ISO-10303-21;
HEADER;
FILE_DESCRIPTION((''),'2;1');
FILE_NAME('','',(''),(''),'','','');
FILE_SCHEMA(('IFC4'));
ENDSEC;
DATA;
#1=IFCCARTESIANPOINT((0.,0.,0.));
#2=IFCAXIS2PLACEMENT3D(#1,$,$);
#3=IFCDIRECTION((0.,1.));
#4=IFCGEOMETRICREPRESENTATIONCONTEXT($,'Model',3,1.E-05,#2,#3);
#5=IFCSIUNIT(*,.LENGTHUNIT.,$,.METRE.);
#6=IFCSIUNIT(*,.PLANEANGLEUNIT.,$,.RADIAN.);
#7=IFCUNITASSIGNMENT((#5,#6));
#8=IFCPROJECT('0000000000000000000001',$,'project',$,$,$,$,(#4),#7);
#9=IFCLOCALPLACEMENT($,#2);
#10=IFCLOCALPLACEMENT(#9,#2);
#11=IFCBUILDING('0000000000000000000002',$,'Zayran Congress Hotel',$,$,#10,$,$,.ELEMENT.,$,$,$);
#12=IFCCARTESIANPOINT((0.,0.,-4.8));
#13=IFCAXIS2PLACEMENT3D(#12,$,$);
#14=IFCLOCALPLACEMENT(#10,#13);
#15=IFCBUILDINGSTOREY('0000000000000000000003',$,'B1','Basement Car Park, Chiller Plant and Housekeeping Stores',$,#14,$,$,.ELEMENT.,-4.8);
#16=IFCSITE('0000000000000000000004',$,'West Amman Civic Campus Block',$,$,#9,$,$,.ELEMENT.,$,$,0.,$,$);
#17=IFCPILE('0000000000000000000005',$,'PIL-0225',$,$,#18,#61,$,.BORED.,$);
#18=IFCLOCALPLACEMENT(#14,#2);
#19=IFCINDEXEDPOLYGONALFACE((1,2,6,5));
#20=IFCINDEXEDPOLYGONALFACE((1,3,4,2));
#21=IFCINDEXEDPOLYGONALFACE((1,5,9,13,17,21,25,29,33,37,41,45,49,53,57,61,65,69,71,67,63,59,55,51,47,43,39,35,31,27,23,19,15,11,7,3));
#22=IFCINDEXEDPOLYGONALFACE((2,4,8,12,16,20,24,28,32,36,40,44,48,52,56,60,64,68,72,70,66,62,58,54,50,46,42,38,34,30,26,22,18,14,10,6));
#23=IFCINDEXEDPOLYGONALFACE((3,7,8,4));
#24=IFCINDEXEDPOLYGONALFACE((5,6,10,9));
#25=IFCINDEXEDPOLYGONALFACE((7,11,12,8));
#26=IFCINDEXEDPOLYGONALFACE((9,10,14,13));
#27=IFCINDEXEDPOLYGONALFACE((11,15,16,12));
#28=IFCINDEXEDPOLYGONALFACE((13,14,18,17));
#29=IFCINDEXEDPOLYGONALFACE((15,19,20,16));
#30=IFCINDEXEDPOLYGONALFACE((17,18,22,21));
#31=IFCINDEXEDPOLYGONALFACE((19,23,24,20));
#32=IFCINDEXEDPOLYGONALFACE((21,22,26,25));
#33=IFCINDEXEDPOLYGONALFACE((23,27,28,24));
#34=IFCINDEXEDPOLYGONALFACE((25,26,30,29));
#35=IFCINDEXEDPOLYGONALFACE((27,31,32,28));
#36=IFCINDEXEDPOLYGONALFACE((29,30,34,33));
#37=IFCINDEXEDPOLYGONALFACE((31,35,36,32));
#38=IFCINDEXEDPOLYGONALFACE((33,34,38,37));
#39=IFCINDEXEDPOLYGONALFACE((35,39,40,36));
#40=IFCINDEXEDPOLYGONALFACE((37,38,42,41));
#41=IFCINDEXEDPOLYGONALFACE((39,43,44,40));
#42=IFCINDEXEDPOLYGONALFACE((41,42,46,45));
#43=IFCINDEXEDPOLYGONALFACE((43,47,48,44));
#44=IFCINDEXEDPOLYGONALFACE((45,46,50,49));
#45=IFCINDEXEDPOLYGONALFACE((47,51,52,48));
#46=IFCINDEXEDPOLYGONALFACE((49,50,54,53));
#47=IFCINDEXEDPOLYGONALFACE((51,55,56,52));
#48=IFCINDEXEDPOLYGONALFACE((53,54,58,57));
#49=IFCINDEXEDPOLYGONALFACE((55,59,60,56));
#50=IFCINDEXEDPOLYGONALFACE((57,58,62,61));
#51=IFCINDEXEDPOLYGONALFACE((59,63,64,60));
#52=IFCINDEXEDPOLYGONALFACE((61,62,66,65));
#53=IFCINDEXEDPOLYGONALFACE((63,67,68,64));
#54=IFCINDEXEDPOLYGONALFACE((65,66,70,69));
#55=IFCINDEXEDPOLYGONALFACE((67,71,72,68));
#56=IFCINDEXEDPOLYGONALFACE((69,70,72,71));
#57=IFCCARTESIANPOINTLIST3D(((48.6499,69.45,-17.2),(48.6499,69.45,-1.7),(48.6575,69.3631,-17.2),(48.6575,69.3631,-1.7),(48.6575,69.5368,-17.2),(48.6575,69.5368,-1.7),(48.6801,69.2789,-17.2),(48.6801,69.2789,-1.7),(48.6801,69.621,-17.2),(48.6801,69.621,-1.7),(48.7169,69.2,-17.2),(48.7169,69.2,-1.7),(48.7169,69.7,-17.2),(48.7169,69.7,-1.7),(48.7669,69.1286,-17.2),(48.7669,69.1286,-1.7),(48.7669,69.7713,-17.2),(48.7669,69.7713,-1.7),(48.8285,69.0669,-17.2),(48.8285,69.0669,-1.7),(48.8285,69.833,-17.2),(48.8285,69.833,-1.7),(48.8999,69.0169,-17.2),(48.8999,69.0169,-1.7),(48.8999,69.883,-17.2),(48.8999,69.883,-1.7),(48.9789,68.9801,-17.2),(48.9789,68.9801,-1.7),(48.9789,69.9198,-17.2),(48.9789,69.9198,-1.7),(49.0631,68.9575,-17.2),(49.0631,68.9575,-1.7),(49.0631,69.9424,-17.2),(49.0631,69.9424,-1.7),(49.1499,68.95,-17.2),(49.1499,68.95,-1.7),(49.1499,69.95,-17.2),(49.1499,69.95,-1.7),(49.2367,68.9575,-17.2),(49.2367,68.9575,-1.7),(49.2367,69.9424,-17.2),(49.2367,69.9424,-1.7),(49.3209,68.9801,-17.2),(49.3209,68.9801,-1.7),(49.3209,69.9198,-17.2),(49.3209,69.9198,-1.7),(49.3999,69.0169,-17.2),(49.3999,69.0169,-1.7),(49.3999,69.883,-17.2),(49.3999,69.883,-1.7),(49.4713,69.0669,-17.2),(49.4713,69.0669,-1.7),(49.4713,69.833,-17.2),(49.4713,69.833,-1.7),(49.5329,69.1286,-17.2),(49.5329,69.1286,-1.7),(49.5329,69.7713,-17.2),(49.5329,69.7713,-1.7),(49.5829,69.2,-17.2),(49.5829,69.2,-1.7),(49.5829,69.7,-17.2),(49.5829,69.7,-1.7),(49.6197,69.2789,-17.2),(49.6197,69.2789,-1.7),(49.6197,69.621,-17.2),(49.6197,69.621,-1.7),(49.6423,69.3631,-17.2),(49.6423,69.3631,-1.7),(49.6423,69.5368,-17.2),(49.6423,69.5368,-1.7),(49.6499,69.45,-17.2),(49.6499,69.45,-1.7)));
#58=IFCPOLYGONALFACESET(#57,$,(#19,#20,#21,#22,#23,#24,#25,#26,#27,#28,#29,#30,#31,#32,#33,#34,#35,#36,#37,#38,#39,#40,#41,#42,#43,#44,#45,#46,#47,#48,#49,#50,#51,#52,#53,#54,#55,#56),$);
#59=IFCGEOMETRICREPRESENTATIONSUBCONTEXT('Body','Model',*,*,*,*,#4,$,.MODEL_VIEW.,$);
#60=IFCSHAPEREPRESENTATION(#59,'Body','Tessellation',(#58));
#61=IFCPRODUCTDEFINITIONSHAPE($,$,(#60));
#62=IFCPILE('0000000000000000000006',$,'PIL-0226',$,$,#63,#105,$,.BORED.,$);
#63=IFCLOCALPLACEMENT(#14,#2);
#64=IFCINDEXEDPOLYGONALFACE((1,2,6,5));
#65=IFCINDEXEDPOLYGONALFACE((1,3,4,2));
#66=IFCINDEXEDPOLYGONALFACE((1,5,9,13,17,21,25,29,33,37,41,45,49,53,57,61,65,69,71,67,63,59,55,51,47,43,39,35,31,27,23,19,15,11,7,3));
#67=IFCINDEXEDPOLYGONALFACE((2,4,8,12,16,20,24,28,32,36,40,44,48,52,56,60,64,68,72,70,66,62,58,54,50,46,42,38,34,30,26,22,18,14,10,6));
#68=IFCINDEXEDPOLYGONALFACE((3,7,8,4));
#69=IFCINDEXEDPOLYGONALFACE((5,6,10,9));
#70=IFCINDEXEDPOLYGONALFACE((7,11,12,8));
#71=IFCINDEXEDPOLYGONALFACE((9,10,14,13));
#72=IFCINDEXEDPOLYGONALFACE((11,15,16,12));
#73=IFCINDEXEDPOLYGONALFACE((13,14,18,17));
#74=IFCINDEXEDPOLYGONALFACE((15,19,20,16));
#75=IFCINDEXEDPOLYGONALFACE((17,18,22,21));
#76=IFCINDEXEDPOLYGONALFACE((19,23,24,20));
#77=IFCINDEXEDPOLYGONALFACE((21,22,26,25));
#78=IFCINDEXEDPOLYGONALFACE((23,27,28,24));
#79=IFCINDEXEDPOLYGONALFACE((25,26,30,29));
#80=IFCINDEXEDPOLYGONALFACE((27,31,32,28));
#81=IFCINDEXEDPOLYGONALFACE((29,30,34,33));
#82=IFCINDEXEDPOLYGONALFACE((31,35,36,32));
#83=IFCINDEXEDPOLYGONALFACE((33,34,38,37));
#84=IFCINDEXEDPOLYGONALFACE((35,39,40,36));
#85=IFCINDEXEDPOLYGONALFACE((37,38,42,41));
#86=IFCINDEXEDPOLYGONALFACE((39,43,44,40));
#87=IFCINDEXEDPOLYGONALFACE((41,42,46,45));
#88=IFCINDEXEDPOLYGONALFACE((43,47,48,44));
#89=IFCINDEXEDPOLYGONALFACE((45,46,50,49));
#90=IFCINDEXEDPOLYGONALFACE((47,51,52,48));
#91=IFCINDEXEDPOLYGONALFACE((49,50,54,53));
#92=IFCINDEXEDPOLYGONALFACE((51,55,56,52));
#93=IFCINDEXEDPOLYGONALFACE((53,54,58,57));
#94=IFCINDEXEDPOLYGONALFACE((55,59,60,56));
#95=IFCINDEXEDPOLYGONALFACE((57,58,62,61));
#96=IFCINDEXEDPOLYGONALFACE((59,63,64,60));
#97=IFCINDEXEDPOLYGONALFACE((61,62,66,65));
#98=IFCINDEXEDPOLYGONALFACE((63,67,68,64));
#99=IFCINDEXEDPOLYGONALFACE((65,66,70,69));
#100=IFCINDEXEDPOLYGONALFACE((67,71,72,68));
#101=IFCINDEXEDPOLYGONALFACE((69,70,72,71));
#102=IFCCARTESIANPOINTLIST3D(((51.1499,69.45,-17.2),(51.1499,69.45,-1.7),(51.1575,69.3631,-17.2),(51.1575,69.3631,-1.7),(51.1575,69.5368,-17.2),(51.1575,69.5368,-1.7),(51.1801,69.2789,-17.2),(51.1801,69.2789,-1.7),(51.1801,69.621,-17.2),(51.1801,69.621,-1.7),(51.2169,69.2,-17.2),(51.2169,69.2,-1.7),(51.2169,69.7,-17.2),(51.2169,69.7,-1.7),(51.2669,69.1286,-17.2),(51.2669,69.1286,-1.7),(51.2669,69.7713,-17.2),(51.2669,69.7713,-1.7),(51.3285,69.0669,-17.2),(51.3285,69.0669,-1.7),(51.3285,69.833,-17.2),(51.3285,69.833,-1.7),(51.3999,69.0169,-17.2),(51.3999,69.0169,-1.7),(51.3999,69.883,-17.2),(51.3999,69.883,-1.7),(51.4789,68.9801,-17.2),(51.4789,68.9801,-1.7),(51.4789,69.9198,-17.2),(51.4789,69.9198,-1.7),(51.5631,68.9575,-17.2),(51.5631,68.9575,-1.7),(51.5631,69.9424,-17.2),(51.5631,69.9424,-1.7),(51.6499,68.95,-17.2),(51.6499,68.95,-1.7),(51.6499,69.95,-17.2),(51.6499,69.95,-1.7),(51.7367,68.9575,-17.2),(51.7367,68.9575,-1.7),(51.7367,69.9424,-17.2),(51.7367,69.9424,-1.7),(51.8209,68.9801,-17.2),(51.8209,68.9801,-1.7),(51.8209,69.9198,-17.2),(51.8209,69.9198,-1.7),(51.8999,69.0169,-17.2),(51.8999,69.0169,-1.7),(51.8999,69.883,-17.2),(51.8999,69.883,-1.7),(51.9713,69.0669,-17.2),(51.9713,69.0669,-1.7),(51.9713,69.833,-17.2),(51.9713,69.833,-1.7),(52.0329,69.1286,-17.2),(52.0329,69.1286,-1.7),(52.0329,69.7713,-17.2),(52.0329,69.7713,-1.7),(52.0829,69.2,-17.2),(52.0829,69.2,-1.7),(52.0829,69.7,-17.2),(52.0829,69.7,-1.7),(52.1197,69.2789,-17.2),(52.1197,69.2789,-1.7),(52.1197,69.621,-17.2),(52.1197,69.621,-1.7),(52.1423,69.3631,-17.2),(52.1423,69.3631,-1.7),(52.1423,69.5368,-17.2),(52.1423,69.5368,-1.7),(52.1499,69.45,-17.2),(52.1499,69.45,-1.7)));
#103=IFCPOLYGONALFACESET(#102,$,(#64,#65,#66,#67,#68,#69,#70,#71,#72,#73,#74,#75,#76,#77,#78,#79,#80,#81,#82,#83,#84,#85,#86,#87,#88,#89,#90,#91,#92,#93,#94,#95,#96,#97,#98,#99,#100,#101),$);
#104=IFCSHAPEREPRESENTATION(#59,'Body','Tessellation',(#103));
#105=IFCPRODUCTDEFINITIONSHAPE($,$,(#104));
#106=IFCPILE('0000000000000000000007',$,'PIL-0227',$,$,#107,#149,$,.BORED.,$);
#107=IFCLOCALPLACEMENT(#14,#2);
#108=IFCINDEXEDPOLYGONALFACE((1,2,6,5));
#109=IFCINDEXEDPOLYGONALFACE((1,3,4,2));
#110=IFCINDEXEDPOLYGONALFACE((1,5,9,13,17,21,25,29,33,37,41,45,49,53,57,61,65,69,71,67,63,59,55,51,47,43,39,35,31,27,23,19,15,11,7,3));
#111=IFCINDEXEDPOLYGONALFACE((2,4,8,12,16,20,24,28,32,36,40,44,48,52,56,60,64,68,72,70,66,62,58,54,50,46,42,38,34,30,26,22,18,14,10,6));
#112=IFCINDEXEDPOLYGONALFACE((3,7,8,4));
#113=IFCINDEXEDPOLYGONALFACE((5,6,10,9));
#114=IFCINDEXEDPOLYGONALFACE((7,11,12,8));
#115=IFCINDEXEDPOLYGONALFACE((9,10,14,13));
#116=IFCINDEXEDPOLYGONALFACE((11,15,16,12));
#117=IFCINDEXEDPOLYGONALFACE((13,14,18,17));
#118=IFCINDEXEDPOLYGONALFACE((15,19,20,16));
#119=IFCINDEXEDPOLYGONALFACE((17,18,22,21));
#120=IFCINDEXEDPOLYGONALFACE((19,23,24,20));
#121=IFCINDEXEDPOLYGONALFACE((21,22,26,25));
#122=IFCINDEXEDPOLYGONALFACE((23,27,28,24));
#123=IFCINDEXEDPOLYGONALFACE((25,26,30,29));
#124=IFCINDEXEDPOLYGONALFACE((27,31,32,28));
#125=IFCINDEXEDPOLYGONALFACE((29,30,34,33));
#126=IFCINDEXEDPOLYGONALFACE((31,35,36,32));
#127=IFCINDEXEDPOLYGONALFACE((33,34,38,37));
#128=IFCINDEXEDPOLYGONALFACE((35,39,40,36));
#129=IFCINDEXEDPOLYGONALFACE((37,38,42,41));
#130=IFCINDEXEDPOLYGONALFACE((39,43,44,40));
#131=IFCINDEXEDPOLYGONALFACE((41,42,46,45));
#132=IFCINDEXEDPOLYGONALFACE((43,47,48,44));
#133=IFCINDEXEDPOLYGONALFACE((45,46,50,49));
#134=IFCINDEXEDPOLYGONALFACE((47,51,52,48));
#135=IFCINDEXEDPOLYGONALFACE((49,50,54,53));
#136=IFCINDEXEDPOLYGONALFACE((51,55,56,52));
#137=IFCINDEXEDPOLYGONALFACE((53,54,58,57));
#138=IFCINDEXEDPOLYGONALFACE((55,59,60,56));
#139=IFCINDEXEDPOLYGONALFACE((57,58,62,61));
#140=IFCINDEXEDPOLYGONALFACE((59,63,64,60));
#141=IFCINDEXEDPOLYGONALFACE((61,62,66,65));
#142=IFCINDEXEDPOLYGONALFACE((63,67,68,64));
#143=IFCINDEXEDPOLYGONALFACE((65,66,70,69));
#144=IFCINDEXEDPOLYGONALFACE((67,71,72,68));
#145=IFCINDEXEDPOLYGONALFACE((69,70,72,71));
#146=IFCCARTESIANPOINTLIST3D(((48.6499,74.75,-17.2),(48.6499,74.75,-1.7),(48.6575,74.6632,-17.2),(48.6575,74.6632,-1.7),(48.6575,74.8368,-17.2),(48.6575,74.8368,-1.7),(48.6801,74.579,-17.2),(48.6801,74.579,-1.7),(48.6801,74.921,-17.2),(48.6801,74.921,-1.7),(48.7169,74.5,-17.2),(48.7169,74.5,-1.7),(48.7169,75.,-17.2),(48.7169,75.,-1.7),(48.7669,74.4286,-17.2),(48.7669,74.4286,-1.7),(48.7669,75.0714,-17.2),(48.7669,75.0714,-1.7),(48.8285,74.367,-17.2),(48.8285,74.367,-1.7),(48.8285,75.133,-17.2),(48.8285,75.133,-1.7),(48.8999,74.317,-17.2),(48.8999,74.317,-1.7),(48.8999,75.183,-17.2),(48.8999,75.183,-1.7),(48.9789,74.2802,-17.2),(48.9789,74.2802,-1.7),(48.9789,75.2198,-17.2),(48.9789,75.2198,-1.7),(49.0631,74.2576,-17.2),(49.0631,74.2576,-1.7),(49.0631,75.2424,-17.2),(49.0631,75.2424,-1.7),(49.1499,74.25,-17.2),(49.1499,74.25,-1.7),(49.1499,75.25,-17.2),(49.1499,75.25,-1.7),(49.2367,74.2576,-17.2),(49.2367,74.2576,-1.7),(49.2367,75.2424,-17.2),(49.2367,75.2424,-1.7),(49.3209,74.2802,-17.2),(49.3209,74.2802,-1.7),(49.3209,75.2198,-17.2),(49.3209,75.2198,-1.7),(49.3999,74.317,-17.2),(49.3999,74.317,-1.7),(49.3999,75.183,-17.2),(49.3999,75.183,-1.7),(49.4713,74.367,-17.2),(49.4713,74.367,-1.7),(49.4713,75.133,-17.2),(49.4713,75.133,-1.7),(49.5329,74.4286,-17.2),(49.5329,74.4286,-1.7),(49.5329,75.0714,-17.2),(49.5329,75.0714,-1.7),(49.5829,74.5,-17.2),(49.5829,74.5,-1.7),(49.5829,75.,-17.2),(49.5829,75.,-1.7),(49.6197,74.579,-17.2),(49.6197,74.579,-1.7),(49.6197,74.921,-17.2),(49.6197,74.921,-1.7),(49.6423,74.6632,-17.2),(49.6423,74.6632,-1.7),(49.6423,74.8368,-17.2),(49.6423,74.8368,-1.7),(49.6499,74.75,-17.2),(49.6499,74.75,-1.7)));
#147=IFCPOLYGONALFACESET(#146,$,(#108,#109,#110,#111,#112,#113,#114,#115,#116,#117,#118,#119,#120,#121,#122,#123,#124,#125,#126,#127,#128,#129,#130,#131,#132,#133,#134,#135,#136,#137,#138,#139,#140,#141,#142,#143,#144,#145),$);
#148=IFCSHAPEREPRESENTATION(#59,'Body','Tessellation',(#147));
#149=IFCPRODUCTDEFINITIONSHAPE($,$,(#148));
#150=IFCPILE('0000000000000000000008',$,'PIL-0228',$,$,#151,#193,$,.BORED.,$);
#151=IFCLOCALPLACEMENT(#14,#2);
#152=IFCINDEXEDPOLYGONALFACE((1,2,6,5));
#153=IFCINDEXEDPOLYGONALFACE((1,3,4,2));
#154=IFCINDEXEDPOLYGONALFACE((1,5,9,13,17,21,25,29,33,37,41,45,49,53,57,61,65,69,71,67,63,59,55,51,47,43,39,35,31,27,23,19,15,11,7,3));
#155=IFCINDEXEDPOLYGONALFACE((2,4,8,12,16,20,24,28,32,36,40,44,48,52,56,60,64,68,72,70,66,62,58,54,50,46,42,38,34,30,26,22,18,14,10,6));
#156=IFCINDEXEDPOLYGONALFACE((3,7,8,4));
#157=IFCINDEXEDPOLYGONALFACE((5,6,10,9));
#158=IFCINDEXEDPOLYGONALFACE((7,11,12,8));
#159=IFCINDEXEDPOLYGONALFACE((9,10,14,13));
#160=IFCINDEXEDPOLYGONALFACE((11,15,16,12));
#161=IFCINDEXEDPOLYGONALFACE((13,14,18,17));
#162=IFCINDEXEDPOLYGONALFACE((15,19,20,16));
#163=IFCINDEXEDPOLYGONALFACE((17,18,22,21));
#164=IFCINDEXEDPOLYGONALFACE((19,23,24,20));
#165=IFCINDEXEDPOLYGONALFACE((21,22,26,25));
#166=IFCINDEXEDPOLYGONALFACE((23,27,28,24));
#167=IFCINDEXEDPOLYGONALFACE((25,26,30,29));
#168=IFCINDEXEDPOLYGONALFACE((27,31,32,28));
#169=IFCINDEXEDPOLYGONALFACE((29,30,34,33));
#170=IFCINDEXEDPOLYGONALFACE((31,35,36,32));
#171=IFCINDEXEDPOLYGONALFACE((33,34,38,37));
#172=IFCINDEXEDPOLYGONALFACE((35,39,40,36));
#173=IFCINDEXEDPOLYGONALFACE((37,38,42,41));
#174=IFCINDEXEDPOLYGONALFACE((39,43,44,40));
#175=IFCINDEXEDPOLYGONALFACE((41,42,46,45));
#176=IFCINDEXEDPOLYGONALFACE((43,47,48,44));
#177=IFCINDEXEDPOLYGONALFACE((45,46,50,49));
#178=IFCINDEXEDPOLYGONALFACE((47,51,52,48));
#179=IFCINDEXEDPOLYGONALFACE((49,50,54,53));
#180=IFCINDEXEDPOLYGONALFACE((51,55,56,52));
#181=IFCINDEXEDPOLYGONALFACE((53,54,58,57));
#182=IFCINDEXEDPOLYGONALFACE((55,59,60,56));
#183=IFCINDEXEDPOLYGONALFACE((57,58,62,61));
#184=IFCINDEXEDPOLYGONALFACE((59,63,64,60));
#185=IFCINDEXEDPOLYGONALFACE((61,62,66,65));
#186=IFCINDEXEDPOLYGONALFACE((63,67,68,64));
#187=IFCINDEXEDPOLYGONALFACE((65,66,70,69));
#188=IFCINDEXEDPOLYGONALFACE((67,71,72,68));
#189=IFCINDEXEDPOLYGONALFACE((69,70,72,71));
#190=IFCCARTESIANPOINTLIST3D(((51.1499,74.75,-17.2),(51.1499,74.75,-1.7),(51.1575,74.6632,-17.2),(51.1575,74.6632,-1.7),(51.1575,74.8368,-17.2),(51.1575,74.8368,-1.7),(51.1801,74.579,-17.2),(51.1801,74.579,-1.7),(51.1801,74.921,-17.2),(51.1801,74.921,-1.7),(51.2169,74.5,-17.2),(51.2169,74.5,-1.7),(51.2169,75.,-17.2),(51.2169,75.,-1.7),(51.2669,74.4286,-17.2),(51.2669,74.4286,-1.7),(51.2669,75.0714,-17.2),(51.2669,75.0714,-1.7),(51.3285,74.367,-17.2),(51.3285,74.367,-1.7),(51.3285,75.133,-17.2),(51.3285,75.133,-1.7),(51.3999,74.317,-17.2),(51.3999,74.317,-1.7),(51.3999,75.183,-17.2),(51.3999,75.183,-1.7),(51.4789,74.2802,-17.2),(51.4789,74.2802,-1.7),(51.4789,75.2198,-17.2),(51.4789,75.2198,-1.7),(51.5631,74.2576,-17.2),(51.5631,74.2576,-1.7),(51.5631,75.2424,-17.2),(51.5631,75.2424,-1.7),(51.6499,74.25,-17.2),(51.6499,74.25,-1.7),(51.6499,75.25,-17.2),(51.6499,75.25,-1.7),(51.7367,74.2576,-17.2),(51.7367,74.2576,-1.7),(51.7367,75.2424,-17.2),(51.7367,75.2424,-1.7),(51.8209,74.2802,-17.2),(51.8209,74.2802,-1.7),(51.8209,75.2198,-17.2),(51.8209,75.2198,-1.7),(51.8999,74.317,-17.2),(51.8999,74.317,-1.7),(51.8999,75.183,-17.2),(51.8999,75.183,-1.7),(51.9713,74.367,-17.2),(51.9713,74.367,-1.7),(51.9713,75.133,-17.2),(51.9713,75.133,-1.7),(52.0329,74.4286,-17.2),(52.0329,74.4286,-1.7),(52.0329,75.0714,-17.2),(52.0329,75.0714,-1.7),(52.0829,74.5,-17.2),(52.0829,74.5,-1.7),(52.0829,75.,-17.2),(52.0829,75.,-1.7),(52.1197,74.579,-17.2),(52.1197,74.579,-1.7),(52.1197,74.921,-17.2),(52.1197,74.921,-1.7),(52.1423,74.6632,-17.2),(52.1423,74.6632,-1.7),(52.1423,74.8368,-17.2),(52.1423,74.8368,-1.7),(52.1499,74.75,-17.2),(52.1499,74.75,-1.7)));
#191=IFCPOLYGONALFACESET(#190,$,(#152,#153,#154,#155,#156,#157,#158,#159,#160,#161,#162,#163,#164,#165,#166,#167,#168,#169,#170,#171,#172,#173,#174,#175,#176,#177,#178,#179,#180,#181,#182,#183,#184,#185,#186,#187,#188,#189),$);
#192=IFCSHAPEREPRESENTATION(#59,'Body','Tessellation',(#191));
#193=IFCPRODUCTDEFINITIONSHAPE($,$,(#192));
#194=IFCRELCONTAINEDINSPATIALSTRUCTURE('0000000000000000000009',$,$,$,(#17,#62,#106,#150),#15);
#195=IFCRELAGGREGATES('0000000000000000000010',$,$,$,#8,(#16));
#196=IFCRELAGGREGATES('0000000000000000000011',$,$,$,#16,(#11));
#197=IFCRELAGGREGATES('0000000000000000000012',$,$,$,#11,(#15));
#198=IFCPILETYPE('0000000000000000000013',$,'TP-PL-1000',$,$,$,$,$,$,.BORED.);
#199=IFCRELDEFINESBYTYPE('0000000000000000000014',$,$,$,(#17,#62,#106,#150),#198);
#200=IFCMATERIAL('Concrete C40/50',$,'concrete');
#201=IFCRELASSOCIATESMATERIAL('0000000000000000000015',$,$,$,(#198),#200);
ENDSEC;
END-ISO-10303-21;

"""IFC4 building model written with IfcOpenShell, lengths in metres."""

from ifc_helpers import new_model, si_unit, direction, frame, origin, origin_2d, place, context, subcontext, project, spatial, circle, extrude, material, material_profile, profile_set, type_object, element, save


model = new_model("IFC4")

# Units and contexts
model_context = context("Model", 3, precision=1e-05, world=origin(), true_north=direction((0.0, 1.0)))
body_context = subcontext(model_context, "Body", "Model", "MODEL_VIEW")
ifc_project = project(units=[si_unit("LENGTHUNIT", "METRE"), si_unit("PLANEANGLEUNIT", "RADIAN")], contexts=[model_context])

# Site, building, storey
site_placement = place(None, origin())
site = spatial("IfcSite", under=ifc_project, at=site_placement, Name="West Amman Civic Campus Block", CompositionType="ELEMENT", RefElevation=0.0)
building_placement = place(site_placement, origin())
building = spatial("IfcBuilding", under=site, at=building_placement, Name="Zayran Congress Hotel", CompositionType="ELEMENT")
storey_placement = place(building_placement, frame((0.0, 0.0, -4.8)))
storey = spatial("IfcBuildingStorey", under=building, at=storey_placement, Name="B1", Description="Basement Car Park, Chiller Plant and Housekeeping Stores", CompositionType="ELEMENT", Elevation=-4.8)

# Piles
ifc_material_1 = material(Name="Concrete C40/50", Category="concrete")
ifc_material_profile_1 = material_profile(ifc_material_1, circle(Radius=0.5, at=origin_2d()), Name="PILE D1000")
ifc_profile_set_1 = profile_set([ifc_material_profile_1], Name="Concrete C40/50")
pile_type = type_object("IfcPileType", Name="TP-PL-1000", PredefinedType="BORED", material=ifc_profile_set_1)
for number, where, z_axis, x_axis, name in (
    (1, (49.1499, 69.45, -1.7), (0.0, 0.0, -1.0), (1.0, 0.0, 0.0), "PIL-0225"),
    (2, (51.6499, 69.45, -1.7), (0.0, 0.0, -1.0), (1.0, 0.0, 0.0), "PIL-0226"),
    (3, (49.1499, 74.75, -1.7), (0.0, 0.0, -1.0), (1.0, 0.0, 0.0), "PIL-0227"),
    (4, (51.6499, 74.75, -1.7), (0.0, 0.0, -1.0), (1.0, 0.0, 0.0), "PIL-0228"),
):
    element("IfcPile", number, at=place(storey_placement, frame(where, z_axis=z_axis, x_axis=x_axis)), inside=storey, type_object=pile_type, Name=name, PredefinedType="BORED", context=body_context, shape_type="SweptSolid", body=[
        extrude(circle(Radius=0.5, at=origin_2d()), origin(), (0.0, 0.0, 1.0), 15.5),
    ])

save(model, "model.ifc")
